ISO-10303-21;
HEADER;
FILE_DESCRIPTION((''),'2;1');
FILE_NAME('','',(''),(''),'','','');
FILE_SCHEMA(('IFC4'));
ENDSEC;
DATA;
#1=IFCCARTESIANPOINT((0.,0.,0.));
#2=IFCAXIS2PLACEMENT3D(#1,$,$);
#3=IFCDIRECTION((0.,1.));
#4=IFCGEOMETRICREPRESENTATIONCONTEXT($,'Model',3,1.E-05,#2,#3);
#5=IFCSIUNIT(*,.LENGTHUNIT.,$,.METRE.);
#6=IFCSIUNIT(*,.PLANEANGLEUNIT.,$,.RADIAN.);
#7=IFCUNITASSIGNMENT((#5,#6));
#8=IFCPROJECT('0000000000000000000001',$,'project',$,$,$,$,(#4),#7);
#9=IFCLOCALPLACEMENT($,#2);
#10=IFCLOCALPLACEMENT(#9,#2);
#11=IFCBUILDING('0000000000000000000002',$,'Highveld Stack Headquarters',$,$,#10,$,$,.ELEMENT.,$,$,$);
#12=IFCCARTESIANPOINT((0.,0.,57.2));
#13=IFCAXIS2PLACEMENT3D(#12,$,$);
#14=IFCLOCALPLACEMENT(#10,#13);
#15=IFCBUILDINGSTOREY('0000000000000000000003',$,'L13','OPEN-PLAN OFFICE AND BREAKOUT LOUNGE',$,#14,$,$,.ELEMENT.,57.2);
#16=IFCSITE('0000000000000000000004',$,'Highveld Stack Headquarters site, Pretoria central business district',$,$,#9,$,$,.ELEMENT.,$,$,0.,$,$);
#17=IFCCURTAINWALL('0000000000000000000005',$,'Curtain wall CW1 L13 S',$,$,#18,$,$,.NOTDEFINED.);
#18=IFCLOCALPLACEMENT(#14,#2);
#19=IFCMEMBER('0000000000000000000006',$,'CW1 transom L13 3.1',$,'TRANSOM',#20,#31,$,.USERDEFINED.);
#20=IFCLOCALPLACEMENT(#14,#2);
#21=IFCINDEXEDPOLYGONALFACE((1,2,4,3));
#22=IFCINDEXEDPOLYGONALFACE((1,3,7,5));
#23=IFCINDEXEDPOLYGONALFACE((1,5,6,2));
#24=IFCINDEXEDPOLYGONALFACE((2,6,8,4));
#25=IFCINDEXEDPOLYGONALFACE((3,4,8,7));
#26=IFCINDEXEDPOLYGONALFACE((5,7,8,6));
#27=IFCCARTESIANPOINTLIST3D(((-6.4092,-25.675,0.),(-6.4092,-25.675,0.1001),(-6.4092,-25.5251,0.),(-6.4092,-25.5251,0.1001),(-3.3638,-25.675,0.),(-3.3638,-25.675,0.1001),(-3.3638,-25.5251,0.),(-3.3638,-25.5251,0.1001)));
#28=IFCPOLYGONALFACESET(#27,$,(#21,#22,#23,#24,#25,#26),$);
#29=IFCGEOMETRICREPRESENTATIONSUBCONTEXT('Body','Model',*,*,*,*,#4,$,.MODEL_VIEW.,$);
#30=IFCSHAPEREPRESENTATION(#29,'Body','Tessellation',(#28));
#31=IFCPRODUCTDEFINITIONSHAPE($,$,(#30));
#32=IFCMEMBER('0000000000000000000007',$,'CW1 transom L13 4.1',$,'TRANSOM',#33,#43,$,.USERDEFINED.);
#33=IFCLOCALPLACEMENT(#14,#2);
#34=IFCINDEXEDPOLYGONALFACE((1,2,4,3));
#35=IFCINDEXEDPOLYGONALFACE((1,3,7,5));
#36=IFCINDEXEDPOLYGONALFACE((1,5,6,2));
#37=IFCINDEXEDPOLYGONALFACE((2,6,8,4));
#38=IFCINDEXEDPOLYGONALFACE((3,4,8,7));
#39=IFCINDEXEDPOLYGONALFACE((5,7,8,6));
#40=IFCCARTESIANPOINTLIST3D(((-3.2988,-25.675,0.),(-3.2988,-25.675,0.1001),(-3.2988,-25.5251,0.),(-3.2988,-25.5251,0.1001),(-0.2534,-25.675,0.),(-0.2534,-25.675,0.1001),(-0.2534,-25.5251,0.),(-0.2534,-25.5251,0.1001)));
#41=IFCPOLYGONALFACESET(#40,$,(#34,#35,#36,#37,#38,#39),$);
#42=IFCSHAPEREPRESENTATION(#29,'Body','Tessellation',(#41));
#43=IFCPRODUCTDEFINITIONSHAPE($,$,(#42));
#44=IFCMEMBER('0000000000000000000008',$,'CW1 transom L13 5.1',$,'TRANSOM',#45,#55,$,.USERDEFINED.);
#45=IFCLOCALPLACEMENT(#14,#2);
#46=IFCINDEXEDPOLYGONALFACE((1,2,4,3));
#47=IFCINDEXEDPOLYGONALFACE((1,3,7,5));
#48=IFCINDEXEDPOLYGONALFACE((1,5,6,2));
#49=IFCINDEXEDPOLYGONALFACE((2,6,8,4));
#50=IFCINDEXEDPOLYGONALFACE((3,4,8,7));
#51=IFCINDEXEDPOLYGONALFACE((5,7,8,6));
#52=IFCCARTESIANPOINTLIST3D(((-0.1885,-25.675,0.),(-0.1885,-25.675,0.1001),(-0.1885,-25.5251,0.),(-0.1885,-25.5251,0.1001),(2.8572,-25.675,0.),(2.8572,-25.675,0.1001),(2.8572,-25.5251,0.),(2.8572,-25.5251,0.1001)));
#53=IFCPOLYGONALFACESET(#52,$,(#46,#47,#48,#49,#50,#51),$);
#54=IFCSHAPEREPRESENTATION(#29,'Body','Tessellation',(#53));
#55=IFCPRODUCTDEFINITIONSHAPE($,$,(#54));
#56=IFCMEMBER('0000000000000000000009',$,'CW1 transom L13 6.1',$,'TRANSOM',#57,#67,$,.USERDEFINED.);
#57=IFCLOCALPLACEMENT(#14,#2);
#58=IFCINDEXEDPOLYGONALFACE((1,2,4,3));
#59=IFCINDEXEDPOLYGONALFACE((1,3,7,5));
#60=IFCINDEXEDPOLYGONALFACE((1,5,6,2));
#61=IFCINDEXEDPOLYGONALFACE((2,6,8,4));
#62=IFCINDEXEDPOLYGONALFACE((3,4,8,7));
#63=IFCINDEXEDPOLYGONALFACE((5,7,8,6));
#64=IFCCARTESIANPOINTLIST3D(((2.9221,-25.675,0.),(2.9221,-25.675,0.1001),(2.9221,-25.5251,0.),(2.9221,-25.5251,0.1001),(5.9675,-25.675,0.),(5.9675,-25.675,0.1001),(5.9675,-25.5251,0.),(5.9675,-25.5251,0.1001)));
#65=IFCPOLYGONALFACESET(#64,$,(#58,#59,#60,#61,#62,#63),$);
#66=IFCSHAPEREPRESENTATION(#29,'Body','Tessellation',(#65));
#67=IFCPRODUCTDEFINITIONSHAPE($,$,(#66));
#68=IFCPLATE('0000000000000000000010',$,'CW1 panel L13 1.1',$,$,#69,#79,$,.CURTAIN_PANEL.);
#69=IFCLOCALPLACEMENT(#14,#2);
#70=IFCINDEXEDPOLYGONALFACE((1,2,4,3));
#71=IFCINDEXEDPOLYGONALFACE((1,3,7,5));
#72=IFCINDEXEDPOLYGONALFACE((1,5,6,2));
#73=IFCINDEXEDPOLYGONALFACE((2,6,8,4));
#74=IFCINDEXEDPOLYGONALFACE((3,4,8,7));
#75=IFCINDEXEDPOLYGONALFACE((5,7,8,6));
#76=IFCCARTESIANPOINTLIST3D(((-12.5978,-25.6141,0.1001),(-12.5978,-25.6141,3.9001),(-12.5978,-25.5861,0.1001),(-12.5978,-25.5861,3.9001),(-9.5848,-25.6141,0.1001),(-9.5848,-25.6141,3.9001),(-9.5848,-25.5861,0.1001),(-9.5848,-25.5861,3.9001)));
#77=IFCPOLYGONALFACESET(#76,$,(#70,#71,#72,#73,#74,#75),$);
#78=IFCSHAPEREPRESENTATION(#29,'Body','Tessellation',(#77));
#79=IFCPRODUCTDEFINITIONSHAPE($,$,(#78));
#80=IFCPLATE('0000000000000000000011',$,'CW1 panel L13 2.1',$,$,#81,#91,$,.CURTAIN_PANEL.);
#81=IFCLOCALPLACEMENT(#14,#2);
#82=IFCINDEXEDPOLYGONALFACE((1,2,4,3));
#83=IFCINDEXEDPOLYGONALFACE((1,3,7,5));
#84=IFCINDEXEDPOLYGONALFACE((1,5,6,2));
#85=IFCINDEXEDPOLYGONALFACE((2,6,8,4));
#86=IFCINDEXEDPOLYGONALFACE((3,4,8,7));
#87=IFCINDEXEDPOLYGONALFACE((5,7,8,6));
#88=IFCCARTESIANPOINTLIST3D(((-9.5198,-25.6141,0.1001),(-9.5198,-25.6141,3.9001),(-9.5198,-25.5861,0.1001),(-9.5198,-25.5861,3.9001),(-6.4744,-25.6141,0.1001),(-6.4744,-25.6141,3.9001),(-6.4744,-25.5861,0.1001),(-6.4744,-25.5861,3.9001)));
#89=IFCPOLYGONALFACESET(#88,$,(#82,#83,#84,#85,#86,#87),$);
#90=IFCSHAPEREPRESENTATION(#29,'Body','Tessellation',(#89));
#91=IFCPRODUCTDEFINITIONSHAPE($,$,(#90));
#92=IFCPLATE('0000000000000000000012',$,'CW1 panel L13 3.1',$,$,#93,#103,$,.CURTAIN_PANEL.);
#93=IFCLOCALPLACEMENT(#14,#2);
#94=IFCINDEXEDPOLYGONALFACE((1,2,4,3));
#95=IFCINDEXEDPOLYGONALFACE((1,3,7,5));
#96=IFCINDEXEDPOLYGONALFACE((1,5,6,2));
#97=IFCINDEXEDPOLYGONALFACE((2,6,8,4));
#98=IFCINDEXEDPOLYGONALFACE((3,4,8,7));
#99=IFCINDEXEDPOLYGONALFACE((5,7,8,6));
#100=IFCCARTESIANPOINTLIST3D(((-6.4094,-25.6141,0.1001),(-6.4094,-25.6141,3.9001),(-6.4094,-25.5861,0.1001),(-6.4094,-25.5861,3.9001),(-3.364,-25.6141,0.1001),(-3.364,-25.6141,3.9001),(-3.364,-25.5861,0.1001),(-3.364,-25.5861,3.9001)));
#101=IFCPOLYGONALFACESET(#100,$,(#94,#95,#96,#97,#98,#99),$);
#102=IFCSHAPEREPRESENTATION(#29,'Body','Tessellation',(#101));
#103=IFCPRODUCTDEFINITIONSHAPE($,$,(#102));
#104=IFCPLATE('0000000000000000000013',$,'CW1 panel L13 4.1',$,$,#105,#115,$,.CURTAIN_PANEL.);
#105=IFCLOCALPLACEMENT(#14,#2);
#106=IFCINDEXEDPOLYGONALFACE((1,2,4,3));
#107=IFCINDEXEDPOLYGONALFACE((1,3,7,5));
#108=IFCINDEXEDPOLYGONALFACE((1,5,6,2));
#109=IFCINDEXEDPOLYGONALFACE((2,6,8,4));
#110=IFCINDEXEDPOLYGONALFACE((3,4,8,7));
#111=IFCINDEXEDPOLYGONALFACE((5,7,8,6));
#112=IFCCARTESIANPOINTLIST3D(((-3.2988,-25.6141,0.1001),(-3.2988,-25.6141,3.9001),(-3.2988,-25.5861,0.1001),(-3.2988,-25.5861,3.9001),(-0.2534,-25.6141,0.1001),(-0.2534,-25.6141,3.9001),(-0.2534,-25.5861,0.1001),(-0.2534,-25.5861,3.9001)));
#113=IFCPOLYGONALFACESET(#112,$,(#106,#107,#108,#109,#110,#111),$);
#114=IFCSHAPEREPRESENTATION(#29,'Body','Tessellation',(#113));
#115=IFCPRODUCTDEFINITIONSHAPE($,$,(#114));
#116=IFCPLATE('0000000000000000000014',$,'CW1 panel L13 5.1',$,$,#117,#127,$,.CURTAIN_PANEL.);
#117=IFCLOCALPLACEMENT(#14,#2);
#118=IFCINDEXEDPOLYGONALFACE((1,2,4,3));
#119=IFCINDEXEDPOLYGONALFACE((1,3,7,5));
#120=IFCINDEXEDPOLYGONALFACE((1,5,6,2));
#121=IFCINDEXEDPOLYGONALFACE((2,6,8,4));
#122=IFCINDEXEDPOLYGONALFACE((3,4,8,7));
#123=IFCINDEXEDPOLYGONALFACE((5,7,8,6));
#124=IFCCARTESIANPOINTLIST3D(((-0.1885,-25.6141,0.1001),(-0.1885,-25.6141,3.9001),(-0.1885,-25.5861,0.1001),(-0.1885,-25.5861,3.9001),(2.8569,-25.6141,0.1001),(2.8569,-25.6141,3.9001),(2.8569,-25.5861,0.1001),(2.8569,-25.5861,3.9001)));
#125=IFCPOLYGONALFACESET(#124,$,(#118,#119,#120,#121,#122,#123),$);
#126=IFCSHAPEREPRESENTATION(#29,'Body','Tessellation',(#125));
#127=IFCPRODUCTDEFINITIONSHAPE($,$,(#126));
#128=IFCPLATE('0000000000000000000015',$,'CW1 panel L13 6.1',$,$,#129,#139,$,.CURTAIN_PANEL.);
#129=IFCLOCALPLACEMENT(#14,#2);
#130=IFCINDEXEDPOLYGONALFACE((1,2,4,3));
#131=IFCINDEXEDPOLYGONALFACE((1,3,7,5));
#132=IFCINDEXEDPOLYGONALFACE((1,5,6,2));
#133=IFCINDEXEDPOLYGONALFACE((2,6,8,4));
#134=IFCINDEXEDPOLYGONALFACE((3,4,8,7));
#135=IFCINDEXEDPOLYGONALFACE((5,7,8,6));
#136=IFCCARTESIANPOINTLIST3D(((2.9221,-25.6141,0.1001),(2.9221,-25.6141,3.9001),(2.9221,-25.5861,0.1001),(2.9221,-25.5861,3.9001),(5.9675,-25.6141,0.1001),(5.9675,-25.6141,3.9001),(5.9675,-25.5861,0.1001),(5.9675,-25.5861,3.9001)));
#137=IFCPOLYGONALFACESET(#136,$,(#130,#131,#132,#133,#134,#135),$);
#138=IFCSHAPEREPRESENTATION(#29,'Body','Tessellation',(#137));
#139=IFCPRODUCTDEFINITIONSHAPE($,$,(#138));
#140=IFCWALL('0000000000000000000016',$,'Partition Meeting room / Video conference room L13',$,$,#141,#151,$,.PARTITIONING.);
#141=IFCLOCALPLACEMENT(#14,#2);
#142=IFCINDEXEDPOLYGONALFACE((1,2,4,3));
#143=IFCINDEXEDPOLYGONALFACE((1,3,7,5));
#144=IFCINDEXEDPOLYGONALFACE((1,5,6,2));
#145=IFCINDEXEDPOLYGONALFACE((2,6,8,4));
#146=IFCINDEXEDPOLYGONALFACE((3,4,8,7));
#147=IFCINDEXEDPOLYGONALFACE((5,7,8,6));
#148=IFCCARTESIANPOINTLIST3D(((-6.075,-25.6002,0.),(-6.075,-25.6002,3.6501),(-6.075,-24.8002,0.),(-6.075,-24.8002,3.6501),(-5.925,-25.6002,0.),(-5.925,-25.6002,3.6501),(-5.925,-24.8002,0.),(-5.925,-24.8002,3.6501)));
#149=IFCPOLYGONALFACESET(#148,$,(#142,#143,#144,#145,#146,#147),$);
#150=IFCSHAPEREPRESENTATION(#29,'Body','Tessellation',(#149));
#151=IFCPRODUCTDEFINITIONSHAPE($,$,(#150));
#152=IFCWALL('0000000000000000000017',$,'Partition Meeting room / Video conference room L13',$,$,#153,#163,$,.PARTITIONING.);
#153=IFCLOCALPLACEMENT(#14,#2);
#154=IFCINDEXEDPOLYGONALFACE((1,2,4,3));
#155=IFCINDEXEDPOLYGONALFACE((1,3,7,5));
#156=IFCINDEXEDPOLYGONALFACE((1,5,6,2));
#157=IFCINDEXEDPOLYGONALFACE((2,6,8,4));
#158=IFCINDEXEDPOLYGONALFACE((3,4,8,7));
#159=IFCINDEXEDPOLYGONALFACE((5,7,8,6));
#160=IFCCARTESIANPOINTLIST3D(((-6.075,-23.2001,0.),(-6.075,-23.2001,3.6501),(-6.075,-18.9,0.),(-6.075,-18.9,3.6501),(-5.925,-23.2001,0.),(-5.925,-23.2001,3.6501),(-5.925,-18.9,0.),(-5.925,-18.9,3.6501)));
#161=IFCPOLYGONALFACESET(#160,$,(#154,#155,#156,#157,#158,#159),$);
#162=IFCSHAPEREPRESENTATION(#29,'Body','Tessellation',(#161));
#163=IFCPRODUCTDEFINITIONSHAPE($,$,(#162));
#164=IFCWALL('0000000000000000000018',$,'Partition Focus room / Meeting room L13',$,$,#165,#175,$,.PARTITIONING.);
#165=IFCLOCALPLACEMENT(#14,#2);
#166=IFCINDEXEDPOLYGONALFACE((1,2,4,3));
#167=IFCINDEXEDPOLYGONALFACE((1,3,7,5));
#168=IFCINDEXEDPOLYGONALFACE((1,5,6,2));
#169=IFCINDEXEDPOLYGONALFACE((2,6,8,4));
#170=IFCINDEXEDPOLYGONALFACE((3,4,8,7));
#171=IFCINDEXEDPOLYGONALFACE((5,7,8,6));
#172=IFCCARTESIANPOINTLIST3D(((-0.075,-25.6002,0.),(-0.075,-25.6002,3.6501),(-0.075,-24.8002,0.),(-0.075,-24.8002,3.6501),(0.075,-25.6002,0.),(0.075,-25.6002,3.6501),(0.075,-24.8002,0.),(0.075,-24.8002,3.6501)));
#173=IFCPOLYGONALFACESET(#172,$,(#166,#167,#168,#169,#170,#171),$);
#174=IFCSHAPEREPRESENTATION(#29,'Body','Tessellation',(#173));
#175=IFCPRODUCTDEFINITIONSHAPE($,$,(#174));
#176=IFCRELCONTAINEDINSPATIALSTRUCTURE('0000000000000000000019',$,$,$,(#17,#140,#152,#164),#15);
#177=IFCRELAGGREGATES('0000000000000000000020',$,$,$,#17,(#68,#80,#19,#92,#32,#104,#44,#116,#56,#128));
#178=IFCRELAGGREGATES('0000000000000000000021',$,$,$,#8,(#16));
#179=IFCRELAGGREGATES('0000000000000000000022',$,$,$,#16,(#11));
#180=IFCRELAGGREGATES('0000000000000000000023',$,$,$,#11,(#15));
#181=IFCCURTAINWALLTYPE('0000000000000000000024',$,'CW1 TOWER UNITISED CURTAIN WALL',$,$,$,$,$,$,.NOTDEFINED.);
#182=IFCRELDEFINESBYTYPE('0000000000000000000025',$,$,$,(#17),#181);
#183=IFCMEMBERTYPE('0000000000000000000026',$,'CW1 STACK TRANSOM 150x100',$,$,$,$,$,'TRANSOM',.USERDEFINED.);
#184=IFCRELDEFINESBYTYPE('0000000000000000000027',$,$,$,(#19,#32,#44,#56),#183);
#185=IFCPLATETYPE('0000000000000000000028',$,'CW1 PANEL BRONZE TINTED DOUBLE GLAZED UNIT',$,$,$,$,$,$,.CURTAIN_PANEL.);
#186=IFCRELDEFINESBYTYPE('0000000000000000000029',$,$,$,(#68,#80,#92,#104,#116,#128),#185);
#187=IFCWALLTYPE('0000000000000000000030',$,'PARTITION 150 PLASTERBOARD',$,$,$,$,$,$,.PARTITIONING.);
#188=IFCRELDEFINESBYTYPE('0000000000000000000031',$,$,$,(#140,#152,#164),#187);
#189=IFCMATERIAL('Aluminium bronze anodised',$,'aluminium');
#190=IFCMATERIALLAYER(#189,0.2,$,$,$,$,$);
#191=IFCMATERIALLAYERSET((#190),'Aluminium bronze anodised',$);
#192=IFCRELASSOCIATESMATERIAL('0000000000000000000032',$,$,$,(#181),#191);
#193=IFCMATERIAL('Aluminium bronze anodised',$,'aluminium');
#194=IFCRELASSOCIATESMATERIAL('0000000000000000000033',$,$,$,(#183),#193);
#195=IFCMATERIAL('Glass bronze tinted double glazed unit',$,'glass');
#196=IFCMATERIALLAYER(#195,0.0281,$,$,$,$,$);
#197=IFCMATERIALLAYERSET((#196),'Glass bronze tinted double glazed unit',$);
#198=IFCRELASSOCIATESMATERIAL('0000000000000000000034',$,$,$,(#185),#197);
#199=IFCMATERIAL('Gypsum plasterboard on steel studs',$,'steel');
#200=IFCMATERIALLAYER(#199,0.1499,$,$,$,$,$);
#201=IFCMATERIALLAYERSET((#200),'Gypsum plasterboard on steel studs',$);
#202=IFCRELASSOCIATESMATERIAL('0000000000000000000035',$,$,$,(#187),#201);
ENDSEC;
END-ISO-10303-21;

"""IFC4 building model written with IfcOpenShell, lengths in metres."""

from ifc_helpers import new_model, si_unit, direction, frame, frame_2d, origin, origin_2d, place, context, subcontext, project, spatial, rectangle, extrude, material, layer, layer_set, material_profile, profile_set, type_object, element, aggregate, save


model = new_model("IFC4")

# Units and contexts
model_context = context("Model", 3, precision=1e-05, world=origin(), true_north=direction((0.0, 1.0)))
body_context = subcontext(model_context, "Body", "Model", "MODEL_VIEW")
ifc_project = project(units=[si_unit("LENGTHUNIT", "METRE"), si_unit("PLANEANGLEUNIT", "RADIAN")], contexts=[model_context])

# Site, building, storey
site_placement = place(None, origin())
site = spatial("IfcSite", under=ifc_project, at=site_placement, Name="Highveld Stack Headquarters site, Pretoria central business district", CompositionType="ELEMENT", RefElevation=0.0)
building_placement = place(site_placement, origin())
building = spatial("IfcBuilding", under=site, at=building_placement, Name="Highveld Stack Headquarters", CompositionType="ELEMENT")
storey_placement = place(building_placement, frame((0.0, 0.0, 57.2)))
storey = spatial("IfcBuildingStorey", under=building, at=storey_placement, Name="L13", Description="OPEN-PLAN OFFICE AND BREAKOUT LOUNGE", CompositionType="ELEMENT", Elevation=57.2)

# Curtain wall, members, plates
ifc_material_1 = material(Name="Aluminium bronze anodised", Category="aluminium")
ifc_layer_1 = layer(ifc_material_1, 0.2)
ifc_layer_set_1 = layer_set([ifc_layer_1], Name="Aluminium bronze anodised")
curtain_wall_type = type_object("IfcCurtainWallType", Name="CW1 TOWER UNITISED CURTAIN WALL", PredefinedType="NOTDEFINED", material=ifc_layer_set_1)
curtain_wall_placement = place(storey_placement, origin())
curtain_wall = element("IfcCurtainWall", 1, at=curtain_wall_placement, inside=storey, type_object=curtain_wall_type, Name="Curtain wall CW1 L13 S", PredefinedType="NOTDEFINED")
ifc_material_2 = material(Name="Aluminium bronze anodised", Category="aluminium")
ifc_material_profile_1 = material_profile(ifc_material_2, rectangle(XDim=0.1499, YDim=0.1001, at=origin_2d()), Name="CW1 TRANSOM 150x100")
ifc_profile_set_1 = profile_set([ifc_material_profile_1], Name="Aluminium bronze anodised")
member_type_1 = type_object("IfcMemberType", Name="CW1 STACK TRANSOM 150x100", ElementType="TRANSOM", PredefinedType="USERDEFINED", material=ifc_profile_set_1)
member_1_placement = place(storey_placement, frame((-6.4092, -25.6001, 0.05), z_axis=(1.0, 0.0, 0.0), x_axis=(0.0, 1.0, 0.0)))
member_1 = element("IfcMember", 2, at=member_1_placement, type_object=member_type_1, Name="CW1 transom L13 3.1", ObjectType="TRANSOM", PredefinedType="USERDEFINED", context=body_context, shape_type="SweptSolid", body=[
    extrude(rectangle(XDim=0.1499, YDim=0.1001, at=origin_2d()), origin(), (0.0, 0.0, 1.0), 3.0454),
])
member_2_placement = place(storey_placement, frame((-3.2988, -25.6001, 0.05), z_axis=(1.0, 0.0, 0.0), x_axis=(0.0, 1.0, 0.0)))
member_2 = element("IfcMember", 3, at=member_2_placement, type_object=member_type_1, Name="CW1 transom L13 4.1", ObjectType="TRANSOM", PredefinedType="USERDEFINED", context=body_context, shape_type="SweptSolid", body=[
    extrude(rectangle(XDim=0.1499, YDim=0.1001, at=origin_2d()), origin(), (0.0, 0.0, 1.0), 3.0454),
])
member_3_placement = place(storey_placement, frame((-0.1885, -25.6001, 0.05), z_axis=(1.0, 0.0, 0.0), x_axis=(0.0, 1.0, 0.0)))
member_3 = element("IfcMember", 4, at=member_3_placement, type_object=member_type_1, Name="CW1 transom L13 5.1", ObjectType="TRANSOM", PredefinedType="USERDEFINED", context=body_context, shape_type="SweptSolid", body=[
    extrude(rectangle(XDim=0.1499, YDim=0.1001, at=origin_2d()), origin(), (0.0, 0.0, 1.0), 3.0457),
])
member_4_placement = place(storey_placement, frame((2.9221, -25.6001, 0.05), z_axis=(1.0, 0.0, 0.0), x_axis=(0.0, 1.0, 0.0)))
member_4 = element("IfcMember", 5, at=member_4_placement, type_object=member_type_1, Name="CW1 transom L13 6.1", ObjectType="TRANSOM", PredefinedType="USERDEFINED", context=body_context, shape_type="SweptSolid", body=[
    extrude(rectangle(XDim=0.1499, YDim=0.1001, at=origin_2d()), origin(), (0.0, 0.0, 1.0), 3.0454),
])
ifc_material_3 = material(Name="Glass bronze tinted double glazed unit", Category="glass")
ifc_layer_2 = layer(ifc_material_3, 0.0281)
ifc_layer_set_2 = layer_set([ifc_layer_2], Name="Glass bronze tinted double glazed unit")
plate_type = type_object("IfcPlateType", Name="CW1 PANEL BRONZE TINTED DOUBLE GLAZED UNIT", PredefinedType="CURTAIN_PANEL", material=ifc_layer_set_2)
plate_1_placement = place(storey_placement, frame((-11.0913, -25.6001, 0.1001), z_axis=(0.0, 0.0, 1.0), x_axis=(1.0, 0.0, 0.0)))
plate_1 = element("IfcPlate", 6, at=plate_1_placement, type_object=plate_type, Name="CW1 panel L13 1.1", PredefinedType="CURTAIN_PANEL", context=body_context, shape_type="SweptSolid", body=[
    extrude(rectangle(XDim=3.0129, YDim=0.0281, at=origin_2d()), origin(), (0.0, 0.0, 1.0), 3.8),
])
plate_2_placement = place(storey_placement, frame((-7.9971, -25.6001, 0.1001), z_axis=(0.0, 0.0, 1.0), x_axis=(1.0, 0.0, 0.0)))
plate_2 = element("IfcPlate", 7, at=plate_2_placement, type_object=plate_type, Name="CW1 panel L13 2.1", PredefinedType="CURTAIN_PANEL", context=body_context, shape_type="SweptSolid", body=[
    extrude(rectangle(XDim=3.0454, YDim=0.0281, at=origin_2d()), origin(), (0.0, 0.0, 1.0), 3.8),
])
plate_3_placement = place(storey_placement, frame((-4.8867, -25.6001, 0.1001), z_axis=(0.0, 0.0, 1.0), x_axis=(1.0, 0.0, 0.0)))
plate_3 = element("IfcPlate", 8, at=plate_3_placement, type_object=plate_type, Name="CW1 panel L13 3.1", PredefinedType="CURTAIN_PANEL", context=body_context, shape_type="SweptSolid", body=[
    extrude(rectangle(XDim=3.0454, YDim=0.0281, at=origin_2d()), origin(), (0.0, 0.0, 1.0), 3.8),
])
plate_4_placement = place(storey_placement, frame((-1.7761, -25.6001, 0.1001), z_axis=(0.0, 0.0, 1.0), x_axis=(1.0, 0.0, 0.0)))
plate_4 = element("IfcPlate", 9, at=plate_4_placement, type_object=plate_type, Name="CW1 panel L13 4.1", PredefinedType="CURTAIN_PANEL", context=body_context, shape_type="SweptSolid", body=[
    extrude(rectangle(XDim=3.0454, YDim=0.0281, at=origin_2d()), origin(), (0.0, 0.0, 1.0), 3.8),
])
plate_5_placement = place(storey_placement, frame((1.3342, -25.6001, 0.1001), z_axis=(0.0, 0.0, 1.0), x_axis=(1.0, 0.0, 0.0)))
plate_5 = element("IfcPlate", 10, at=plate_5_placement, type_object=plate_type, Name="CW1 panel L13 5.1", PredefinedType="CURTAIN_PANEL", context=body_context, shape_type="SweptSolid", body=[
    extrude(rectangle(XDim=3.0454, YDim=0.0281, at=origin_2d()), origin(), (0.0, 0.0, 1.0), 3.8),
])
plate_6_placement = place(storey_placement, frame((4.4448, -25.6001, 0.1001), z_axis=(0.0, 0.0, 1.0), x_axis=(1.0, 0.0, 0.0)))
plate_6 = element("IfcPlate", 11, at=plate_6_placement, type_object=plate_type, Name="CW1 panel L13 6.1", PredefinedType="CURTAIN_PANEL", context=body_context, shape_type="SweptSolid", body=[
    extrude(rectangle(XDim=3.0454, YDim=0.0281, at=origin_2d()), origin(), (0.0, 0.0, 1.0), 3.8),
])
aggregate(curtain_wall, [plate_1, plate_2, member_1, plate_3, member_2, plate_4, member_3, plate_5, member_4, plate_6])

# Walls
ifc_material_4 = material(Name="Gypsum plasterboard on steel studs", Category="steel")
ifc_layer_3 = layer(ifc_material_4, 0.1499)
ifc_layer_set_3 = layer_set([ifc_layer_3], Name="Gypsum plasterboard on steel studs")
wall_type = type_object("IfcWallType", Name="PARTITION 150 PLASTERBOARD", PredefinedType="PARTITIONING", material=ifc_layer_set_3)
wall_1_placement = place(storey_placement, frame((-6.0, -25.6001, 0.0), z_axis=(0.0, 0.0, 1.0), x_axis=(0.0, 1.0, 0.0)))
element("IfcWall", 12, at=wall_1_placement, inside=storey, type_object=wall_type, Name="Partition Meeting room / Video conference room L13", PredefinedType="PARTITIONING", context=body_context, shape_type="SweptSolid", body=[
    extrude(rectangle(XDim=0.8, YDim=0.1499, at=frame_2d((0.3999, 0.0))), origin(), (0.0, 0.0, 1.0), 3.6501),
])
wall_2_placement = place(storey_placement, frame((-6.0, -23.2, 0.0), z_axis=(0.0, 0.0, 1.0), x_axis=(0.0, 1.0, 0.0)))
element("IfcWall", 13, at=wall_2_placement, inside=storey, type_object=wall_type, Name="Partition Meeting room / Video conference room L13", PredefinedType="PARTITIONING", context=body_context, shape_type="SweptSolid", body=[
    extrude(rectangle(XDim=4.3, YDim=0.1499, at=frame_2d((2.1499, 0.0))), origin(), (0.0, 0.0, 1.0), 3.6501),
])
wall_3_placement = place(storey_placement, frame((0.0, -25.6001, 0.0), z_axis=(0.0, 0.0, 1.0), x_axis=(0.0, 1.0, 0.0)))
element("IfcWall", 14, at=wall_3_placement, inside=storey, type_object=wall_type, Name="Partition Focus room / Meeting room L13", PredefinedType="PARTITIONING", context=body_context, shape_type="SweptSolid", body=[
    extrude(rectangle(XDim=0.8, YDim=0.1499, at=frame_2d((0.3999, 0.0))), origin(), (0.0, 0.0, 1.0), 3.6501),
])

save(model, "model.ifc")
